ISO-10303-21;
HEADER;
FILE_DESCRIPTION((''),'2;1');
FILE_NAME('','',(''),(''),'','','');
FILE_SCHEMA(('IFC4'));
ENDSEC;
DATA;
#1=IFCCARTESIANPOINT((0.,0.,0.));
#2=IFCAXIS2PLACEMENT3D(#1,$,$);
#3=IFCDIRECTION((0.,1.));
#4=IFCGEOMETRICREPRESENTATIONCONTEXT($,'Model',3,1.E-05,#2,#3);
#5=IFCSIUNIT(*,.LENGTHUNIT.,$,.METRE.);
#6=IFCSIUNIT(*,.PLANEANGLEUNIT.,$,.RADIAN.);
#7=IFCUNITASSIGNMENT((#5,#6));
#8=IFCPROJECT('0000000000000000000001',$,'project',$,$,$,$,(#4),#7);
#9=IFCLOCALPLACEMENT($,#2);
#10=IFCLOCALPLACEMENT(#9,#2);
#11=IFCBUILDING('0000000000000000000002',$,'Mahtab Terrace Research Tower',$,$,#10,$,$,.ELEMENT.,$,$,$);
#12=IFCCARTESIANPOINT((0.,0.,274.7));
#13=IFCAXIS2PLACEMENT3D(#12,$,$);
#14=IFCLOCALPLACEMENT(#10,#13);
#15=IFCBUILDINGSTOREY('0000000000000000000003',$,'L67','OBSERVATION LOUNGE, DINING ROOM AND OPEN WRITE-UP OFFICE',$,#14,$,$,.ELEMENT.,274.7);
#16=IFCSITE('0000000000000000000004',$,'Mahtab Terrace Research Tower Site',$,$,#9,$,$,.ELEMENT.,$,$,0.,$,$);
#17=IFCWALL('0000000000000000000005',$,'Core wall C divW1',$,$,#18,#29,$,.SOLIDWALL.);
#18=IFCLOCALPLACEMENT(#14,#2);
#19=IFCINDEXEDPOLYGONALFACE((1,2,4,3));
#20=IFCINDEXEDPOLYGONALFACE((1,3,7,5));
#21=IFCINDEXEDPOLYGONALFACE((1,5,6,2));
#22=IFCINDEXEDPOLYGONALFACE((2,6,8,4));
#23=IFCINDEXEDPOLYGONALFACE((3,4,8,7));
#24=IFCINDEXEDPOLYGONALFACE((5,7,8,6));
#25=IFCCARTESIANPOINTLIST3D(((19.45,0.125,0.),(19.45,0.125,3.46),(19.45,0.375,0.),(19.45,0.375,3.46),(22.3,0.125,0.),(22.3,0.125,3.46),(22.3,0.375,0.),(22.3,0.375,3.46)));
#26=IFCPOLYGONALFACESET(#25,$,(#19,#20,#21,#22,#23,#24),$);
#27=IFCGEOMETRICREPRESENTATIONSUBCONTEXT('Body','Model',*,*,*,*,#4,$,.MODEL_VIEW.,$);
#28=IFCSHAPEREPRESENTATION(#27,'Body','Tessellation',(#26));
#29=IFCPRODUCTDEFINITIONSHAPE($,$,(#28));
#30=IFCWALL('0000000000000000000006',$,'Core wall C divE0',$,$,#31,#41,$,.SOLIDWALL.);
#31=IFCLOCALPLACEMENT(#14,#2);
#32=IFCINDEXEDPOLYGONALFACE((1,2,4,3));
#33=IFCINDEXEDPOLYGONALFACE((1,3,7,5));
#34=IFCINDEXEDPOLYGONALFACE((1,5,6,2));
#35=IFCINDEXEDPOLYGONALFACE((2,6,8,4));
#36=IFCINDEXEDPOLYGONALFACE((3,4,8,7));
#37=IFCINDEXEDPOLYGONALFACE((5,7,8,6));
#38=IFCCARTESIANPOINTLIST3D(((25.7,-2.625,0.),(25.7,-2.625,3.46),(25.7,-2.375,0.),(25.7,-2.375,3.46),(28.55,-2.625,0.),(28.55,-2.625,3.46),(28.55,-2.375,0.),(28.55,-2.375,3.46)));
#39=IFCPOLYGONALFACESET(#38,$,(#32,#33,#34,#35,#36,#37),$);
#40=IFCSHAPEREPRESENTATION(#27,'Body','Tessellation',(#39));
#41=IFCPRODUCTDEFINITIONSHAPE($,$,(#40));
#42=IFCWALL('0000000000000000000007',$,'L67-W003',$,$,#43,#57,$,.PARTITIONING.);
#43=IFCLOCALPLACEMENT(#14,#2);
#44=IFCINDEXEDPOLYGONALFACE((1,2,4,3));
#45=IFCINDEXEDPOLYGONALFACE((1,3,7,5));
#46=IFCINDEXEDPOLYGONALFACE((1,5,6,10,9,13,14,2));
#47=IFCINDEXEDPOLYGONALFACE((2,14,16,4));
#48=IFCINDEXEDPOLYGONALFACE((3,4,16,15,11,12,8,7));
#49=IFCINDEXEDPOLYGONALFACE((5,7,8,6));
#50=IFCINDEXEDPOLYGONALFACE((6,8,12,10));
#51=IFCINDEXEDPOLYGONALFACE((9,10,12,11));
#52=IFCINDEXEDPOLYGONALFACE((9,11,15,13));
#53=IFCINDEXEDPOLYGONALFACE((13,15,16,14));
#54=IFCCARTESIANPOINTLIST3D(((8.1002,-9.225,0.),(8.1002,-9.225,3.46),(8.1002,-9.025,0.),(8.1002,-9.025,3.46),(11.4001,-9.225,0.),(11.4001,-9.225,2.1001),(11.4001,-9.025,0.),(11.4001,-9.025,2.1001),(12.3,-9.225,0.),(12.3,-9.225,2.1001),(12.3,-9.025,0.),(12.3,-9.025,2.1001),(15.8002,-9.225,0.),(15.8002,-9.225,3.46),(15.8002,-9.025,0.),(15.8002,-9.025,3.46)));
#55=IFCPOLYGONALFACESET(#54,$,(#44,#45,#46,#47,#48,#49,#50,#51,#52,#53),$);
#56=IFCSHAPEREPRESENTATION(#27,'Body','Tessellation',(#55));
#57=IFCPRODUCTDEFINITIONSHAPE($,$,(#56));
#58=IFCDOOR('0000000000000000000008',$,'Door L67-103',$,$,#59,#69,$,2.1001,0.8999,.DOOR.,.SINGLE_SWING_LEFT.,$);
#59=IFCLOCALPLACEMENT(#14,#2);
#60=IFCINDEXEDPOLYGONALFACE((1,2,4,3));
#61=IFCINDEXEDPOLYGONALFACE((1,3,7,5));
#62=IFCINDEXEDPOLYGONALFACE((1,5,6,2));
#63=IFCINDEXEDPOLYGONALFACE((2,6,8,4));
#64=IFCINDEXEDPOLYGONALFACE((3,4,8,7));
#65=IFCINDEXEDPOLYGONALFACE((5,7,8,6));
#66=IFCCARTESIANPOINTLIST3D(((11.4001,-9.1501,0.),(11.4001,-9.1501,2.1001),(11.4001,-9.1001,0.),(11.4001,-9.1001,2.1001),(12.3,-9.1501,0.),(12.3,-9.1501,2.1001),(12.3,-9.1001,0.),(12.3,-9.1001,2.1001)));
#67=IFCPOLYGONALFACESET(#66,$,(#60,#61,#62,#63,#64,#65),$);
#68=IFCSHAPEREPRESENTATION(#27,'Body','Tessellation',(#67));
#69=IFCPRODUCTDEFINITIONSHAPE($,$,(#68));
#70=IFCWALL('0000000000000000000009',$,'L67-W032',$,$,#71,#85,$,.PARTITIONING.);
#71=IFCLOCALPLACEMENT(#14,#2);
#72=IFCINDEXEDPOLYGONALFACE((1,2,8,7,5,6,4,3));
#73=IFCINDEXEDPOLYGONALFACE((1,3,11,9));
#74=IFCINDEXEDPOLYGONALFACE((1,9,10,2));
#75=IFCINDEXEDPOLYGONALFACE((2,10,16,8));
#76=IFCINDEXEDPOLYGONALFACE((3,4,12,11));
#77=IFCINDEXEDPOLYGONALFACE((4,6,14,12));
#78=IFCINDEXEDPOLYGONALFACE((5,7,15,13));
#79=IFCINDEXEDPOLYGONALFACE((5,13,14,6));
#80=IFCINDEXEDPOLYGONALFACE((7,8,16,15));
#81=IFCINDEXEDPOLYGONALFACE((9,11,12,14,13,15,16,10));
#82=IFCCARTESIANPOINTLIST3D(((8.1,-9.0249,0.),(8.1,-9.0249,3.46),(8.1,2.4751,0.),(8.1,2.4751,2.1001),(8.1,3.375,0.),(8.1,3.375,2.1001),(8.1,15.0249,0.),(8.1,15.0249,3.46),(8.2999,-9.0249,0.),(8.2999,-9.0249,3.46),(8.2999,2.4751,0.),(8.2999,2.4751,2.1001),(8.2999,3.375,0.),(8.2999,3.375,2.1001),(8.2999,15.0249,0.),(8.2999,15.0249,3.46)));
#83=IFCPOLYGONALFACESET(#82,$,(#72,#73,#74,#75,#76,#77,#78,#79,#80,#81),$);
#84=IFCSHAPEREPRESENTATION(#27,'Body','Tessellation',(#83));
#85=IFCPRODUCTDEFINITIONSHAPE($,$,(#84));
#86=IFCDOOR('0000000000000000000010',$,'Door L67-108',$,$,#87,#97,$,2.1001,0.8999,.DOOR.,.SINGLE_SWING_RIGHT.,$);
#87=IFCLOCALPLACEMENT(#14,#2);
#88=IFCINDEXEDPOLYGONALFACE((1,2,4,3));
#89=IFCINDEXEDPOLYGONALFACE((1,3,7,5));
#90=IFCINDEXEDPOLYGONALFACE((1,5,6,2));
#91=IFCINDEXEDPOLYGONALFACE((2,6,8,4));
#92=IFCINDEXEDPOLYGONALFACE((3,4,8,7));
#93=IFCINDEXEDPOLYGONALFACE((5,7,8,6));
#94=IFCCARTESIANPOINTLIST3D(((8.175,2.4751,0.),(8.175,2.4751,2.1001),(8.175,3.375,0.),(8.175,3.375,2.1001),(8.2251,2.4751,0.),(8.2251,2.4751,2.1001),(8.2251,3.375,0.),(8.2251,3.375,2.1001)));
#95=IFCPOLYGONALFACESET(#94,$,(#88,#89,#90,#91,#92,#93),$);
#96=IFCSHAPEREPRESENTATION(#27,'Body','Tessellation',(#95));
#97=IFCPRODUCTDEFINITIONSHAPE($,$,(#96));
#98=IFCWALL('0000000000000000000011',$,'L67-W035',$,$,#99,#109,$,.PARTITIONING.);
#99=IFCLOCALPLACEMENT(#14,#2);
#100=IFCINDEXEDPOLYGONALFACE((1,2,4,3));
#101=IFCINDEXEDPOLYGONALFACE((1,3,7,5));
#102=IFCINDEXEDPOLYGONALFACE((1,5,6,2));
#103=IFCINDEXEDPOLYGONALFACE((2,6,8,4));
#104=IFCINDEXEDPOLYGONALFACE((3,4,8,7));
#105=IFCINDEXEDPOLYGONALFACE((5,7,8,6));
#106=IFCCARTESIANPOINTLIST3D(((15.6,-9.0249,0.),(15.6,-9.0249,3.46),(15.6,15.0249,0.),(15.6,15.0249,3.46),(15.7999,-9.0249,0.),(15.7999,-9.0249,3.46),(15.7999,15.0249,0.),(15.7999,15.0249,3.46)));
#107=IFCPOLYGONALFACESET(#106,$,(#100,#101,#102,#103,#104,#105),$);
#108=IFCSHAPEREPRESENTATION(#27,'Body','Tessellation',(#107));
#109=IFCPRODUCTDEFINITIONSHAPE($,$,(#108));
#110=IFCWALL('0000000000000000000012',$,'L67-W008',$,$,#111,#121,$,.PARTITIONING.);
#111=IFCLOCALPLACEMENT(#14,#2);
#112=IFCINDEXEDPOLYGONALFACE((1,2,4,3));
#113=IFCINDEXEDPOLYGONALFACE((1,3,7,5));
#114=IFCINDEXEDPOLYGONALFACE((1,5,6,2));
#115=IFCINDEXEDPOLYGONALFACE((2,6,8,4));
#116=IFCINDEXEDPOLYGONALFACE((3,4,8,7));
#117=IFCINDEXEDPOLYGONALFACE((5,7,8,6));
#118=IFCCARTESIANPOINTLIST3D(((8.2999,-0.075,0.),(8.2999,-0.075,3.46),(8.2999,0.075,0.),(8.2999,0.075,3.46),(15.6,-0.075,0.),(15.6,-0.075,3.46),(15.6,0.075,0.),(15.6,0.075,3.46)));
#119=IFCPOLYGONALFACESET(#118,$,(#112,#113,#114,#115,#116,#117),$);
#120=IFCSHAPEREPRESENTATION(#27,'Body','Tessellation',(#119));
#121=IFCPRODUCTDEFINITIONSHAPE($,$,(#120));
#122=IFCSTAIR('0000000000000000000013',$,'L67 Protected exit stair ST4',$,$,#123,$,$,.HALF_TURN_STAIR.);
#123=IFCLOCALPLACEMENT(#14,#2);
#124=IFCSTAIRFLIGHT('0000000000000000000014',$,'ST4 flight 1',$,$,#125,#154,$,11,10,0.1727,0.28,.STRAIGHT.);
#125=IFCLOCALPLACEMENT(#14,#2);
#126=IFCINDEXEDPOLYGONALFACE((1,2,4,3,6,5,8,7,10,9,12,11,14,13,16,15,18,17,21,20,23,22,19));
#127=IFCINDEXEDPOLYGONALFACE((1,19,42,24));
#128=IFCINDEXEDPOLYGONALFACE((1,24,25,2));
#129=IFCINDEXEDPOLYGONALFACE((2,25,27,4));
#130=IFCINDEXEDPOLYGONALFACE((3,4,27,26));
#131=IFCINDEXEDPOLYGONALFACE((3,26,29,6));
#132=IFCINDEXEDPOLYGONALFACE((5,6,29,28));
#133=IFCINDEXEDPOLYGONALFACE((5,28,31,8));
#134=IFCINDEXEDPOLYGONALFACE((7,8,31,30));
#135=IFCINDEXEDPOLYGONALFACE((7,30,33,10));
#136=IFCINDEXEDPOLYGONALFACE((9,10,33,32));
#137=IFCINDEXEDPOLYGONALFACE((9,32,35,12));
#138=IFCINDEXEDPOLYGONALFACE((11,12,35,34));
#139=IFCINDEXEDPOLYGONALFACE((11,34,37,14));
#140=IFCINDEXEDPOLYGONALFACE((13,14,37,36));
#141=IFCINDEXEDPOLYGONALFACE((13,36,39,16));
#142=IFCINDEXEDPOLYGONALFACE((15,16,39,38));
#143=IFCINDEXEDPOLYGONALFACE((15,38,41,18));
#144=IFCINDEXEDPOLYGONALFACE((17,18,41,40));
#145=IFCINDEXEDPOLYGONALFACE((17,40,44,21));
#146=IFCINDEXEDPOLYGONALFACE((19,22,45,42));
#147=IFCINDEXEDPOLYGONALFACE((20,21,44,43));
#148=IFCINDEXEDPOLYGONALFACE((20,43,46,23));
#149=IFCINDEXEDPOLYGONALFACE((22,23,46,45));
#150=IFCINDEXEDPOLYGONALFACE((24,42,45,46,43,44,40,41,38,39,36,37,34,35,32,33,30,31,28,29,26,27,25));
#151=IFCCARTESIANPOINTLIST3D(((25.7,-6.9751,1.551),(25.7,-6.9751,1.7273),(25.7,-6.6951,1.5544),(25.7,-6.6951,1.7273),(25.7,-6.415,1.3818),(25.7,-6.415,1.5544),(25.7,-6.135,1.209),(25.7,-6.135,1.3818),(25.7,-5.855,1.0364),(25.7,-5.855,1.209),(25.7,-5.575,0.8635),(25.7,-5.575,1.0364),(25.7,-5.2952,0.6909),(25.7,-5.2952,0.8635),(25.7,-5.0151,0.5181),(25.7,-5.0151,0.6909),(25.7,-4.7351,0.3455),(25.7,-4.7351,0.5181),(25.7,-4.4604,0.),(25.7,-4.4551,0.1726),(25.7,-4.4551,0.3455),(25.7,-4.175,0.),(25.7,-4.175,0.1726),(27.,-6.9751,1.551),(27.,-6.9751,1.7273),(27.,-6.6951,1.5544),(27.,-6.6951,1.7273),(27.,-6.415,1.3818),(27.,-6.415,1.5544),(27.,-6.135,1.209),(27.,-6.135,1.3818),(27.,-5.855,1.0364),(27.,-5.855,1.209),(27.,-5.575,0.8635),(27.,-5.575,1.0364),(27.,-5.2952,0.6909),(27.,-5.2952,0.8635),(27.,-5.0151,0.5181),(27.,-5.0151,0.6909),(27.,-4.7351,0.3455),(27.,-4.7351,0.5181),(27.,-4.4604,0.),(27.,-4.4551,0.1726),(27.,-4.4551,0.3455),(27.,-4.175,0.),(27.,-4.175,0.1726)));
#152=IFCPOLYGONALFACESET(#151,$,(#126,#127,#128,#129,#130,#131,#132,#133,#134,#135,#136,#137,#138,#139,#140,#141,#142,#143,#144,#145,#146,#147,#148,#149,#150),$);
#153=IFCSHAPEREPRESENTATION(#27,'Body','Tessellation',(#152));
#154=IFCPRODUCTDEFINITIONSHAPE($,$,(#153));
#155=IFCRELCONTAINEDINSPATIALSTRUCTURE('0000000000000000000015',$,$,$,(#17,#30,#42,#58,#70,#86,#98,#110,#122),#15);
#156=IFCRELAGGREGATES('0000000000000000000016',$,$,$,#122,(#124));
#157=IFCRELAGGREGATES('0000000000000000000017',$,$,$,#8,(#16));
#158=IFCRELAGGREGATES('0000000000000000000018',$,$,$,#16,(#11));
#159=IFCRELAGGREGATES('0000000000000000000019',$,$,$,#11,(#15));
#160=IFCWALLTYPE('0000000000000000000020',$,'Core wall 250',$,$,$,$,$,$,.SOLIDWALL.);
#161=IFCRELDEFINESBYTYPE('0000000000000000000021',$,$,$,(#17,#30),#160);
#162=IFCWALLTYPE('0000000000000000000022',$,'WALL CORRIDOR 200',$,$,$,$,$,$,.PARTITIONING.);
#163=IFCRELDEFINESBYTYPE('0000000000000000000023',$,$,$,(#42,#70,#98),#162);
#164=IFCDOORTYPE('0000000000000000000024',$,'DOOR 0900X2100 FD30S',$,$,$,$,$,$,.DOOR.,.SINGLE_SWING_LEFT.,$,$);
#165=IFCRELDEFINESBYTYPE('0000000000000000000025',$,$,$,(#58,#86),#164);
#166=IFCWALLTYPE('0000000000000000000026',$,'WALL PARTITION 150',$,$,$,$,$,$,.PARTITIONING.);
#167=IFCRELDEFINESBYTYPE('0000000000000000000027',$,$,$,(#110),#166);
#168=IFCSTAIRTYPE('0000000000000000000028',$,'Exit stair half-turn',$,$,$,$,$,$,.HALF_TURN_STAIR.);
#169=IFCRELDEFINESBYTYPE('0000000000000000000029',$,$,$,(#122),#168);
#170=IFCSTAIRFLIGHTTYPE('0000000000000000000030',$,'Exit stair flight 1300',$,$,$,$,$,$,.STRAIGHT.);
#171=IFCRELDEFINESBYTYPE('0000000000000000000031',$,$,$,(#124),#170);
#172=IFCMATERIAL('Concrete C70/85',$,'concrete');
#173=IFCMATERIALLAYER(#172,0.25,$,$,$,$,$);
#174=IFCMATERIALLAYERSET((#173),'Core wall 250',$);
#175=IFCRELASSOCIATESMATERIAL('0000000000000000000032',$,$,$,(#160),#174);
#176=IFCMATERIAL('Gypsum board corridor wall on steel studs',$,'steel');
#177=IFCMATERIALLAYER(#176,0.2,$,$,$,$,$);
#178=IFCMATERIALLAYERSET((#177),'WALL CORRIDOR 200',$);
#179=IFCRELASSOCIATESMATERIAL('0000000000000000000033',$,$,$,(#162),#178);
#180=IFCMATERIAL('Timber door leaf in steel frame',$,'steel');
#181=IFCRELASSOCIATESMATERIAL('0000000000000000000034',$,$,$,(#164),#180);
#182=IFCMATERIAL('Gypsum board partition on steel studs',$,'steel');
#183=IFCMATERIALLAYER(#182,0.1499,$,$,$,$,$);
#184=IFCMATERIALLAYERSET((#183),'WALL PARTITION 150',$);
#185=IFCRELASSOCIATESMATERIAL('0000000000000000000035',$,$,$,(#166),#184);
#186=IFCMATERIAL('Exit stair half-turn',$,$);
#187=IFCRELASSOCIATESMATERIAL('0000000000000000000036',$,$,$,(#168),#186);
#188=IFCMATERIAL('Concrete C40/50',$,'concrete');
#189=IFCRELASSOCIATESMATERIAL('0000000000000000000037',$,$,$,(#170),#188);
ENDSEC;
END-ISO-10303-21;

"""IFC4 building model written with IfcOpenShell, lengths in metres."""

from ifc_helpers import new_model, si_unit, direction, frame, frame_2d, origin, place, context, subcontext, project, spatial, polyline, rectangle, outline, extrude, material, layer, layer_set, type_object, element, fill, aggregate, save


model = new_model("IFC4")

# Units and contexts
model_context = context("Model", 3, precision=1e-05, world=origin(), true_north=direction((0.0, 1.0)))
body_context = subcontext(model_context, "Body", "Model", "MODEL_VIEW")
ifc_project = project(units=[si_unit("LENGTHUNIT", "METRE"), si_unit("PLANEANGLEUNIT", "RADIAN")], contexts=[model_context])

# Site, building, storey
site_placement = place(None, origin())
site = spatial("IfcSite", under=ifc_project, at=site_placement, Name="Mahtab Terrace Research Tower Site", CompositionType="ELEMENT", RefElevation=0.0)
building_placement = place(site_placement, origin())
building = spatial("IfcBuilding", under=site, at=building_placement, Name="Mahtab Terrace Research Tower", CompositionType="ELEMENT")
storey_placement = place(building_placement, frame((0.0, 0.0, 274.7)))
storey = spatial("IfcBuildingStorey", under=building, at=storey_placement, Name="L67", Description="OBSERVATION LOUNGE, DINING ROOM AND OPEN WRITE-UP OFFICE", CompositionType="ELEMENT", Elevation=274.7)

# Shared definitions
ifc_material_1 = material(Name="Concrete C70/85", Category="concrete")

# Shared definitions
ifc_layer_1 = layer(ifc_material_1, 0.25)
ifc_layer_set_1 = layer_set([ifc_layer_1], Name="Core wall 250")
wall_type_1 = type_object("IfcWallType", Name="Core wall 250", PredefinedType="SOLIDWALL", material=ifc_layer_set_1)

# Walls
for number, where, z_axis, x_axis, name in (
    (1, (19.45, 0.25, 0.0), (0.0, 0.0, 1.0), (1.0, 0.0, 0.0), "Core wall C divW1"),
    (2, (25.7, -2.5, 0.0), (0.0, 0.0, 1.0), (1.0, 0.0, 0.0), "Core wall C divE0"),
):
    element("IfcWall", number, at=place(storey_placement, frame(where, z_axis=z_axis, x_axis=x_axis)), inside=storey, type_object=wall_type_1, Name=name, PredefinedType="SOLIDWALL", context=body_context, shape_type="SweptSolid", body=[
        extrude(rectangle(XDim=2.8501, YDim=0.25, at=frame_2d((1.425, 0.0))), origin(), (0.0, 0.0, 1.0), 3.46),
    ])

# Walls, openings, doors
ifc_material_2 = material(Name="Gypsum board corridor wall on steel studs", Category="steel")
ifc_layer_2 = layer(ifc_material_2, 0.2)
ifc_layer_set_2 = layer_set([ifc_layer_2], Name="WALL CORRIDOR 200")
wall_type_2 = type_object("IfcWallType", Name="WALL CORRIDOR 200", PredefinedType="PARTITIONING", material=ifc_layer_set_2)
wall_1_placement = place(storey_placement, frame((8.1001, -9.125, 0.0), z_axis=(0.0, 0.0, 1.0), x_axis=(1.0, 0.0, 0.0)))
wall_1 = element("IfcWall", 3, at=wall_1_placement, inside=storey, type_object=wall_type_2, Name="L67-W003", PredefinedType="PARTITIONING", context=body_context, shape_type="SweptSolid", body=[
    extrude(rectangle(XDim=7.7, YDim=0.2, at=frame_2d((3.8501, 0.0))), origin(), (0.0, 0.0, 1.0), 3.46),
])
opening_1_placement = place(wall_1_placement, frame((3.3, 0.0, 0.0)))
opening_1 = element("IfcOpeningElement", 4, at=opening_1_placement, cuts=wall_1, PredefinedType="OPENING", context=body_context, shape_type="SweptSolid", body=[
    extrude(rectangle(XDim=0.8999, YDim=2.1001, at=frame_2d((0.45, 1.05))), frame((0.0, 0.1099, 0.0), z_axis=(0.0, -1.0, 0.0), x_axis=(1.0, 0.0, 0.0)), (0.0, 0.0, 1.0), 0.22),
])
ifc_material_3 = material(Name="Timber door leaf in steel frame", Category="steel")
door_type_1 = type_object("IfcDoorType", Name="DOOR 0900X2100 FD30S", OperationType="SINGLE_SWING_LEFT", PredefinedType="DOOR", material=ifc_material_3)
door_1_placement = place(opening_1_placement, origin())
door_1 = element("IfcDoor", 5, at=door_1_placement, inside=storey, type_object=door_type_1, Name="Door L67-103", OperationType="SINGLE_SWING_LEFT", OverallHeight=2.1001, OverallWidth=0.8999, PredefinedType="DOOR", context=body_context, shape_type="SweptSolid", body=[
    extrude(rectangle(XDim=0.8999, YDim=2.1001, at=frame_2d((0.45, 1.05))), frame((0.0, 0.0249, 0.0), z_axis=(0.0, -1.0, 0.0), x_axis=(1.0, 0.0, 0.0)), (0.0, 0.0, 1.0), 0.05),
])
fill(opening_1, door_1)
wall_2_placement = place(storey_placement, frame((8.2, -9.0249, 0.0), z_axis=(0.0, 0.0, 1.0), x_axis=(0.0, 1.0, 0.0)))
wall_2 = element("IfcWall", 6, at=wall_2_placement, inside=storey, type_object=wall_type_2, Name="L67-W032", PredefinedType="PARTITIONING", context=body_context, shape_type="SweptSolid", body=[
    extrude(rectangle(XDim=24.0498, YDim=0.2, at=frame_2d((12.0249, 0.0))), origin(), (0.0, 0.0, 1.0), 3.46),
])
opening_2_placement = place(wall_2_placement, frame((11.5, 0.0, 0.0)))
opening_2 = element("IfcOpeningElement", 7, at=opening_2_placement, cuts=wall_2, PredefinedType="OPENING", context=body_context, shape_type="SweptSolid", body=[
    extrude(rectangle(XDim=0.8999, YDim=2.1001, at=frame_2d((0.45, 1.05))), frame((0.0, 0.1099, 0.0), z_axis=(0.0, -1.0, 0.0), x_axis=(1.0, 0.0, 0.0)), (0.0, 0.0, 1.0), 0.22),
])
door_2_placement = place(opening_2_placement, origin())
door_2 = element("IfcDoor", 8, at=door_2_placement, inside=storey, type_object=door_type_1, Name="Door L67-108", OperationType="SINGLE_SWING_RIGHT", OverallHeight=2.1001, OverallWidth=0.8999, PredefinedType="DOOR", context=body_context, shape_type="SweptSolid", body=[
    extrude(rectangle(XDim=0.8999, YDim=2.1001, at=frame_2d((0.45, 1.05))), frame((0.0, 0.0249, 0.0), z_axis=(0.0, -1.0, 0.0), x_axis=(1.0, 0.0, 0.0)), (0.0, 0.0, 1.0), 0.05),
])
fill(opening_2, door_2)

# Walls
wall_3_placement = place(storey_placement, frame((15.7, -9.0249, 0.0), z_axis=(0.0, 0.0, 1.0), x_axis=(0.0, 1.0, 0.0)))
element("IfcWall", 9, at=wall_3_placement, inside=storey, type_object=wall_type_2, Name="L67-W035", PredefinedType="PARTITIONING", context=body_context, shape_type="SweptSolid", body=[
    extrude(rectangle(XDim=24.0498, YDim=0.2, at=frame_2d((12.0249, 0.0))), origin(), (0.0, 0.0, 1.0), 3.46),
])
ifc_material_4 = material(Name="Gypsum board partition on steel studs", Category="steel")
ifc_layer_3 = layer(ifc_material_4, 0.1499)
ifc_layer_set_3 = layer_set([ifc_layer_3], Name="WALL PARTITION 150")
wall_type_3 = type_object("IfcWallType", Name="WALL PARTITION 150", PredefinedType="PARTITIONING", material=ifc_layer_set_3)
wall_4_placement = place(storey_placement, frame((8.3, 0.0, 0.0), z_axis=(0.0, 0.0, 1.0), x_axis=(1.0, 0.0, 0.0)))
element("IfcWall", 10, at=wall_4_placement, inside=storey, type_object=wall_type_3, Name="L67-W008", PredefinedType="PARTITIONING", context=body_context, shape_type="SweptSolid", body=[
    extrude(rectangle(XDim=7.3, YDim=0.1499, at=frame_2d((3.6499, 0.0))), origin(), (0.0, 0.0, 1.0), 3.46),
])

# Stair, stair flight
ifc_material_5 = material(Name="Exit stair half-turn")
stair_type = type_object("IfcStairType", Name="Exit stair half-turn", PredefinedType="HALF_TURN_STAIR", material=ifc_material_5)
stair_placement = place(storey_placement, origin())
stair = element("IfcStair", 11, at=stair_placement, inside=storey, type_object=stair_type, Name="L67 Protected exit stair ST4", PredefinedType="HALF_TURN_STAIR")
ifc_material_6 = material(Name="Concrete C40/50", Category="concrete")
stair_flight_type = type_object("IfcStairFlightType", Name="Exit stair flight 1300", PredefinedType="STRAIGHT", material=ifc_material_6)
stair_flight_placement = place(storey_placement, frame((26.3501, -4.175, 0.0), z_axis=(0.0, 0.0, 1.0), x_axis=(0.0, -1.0, 0.0)))
stair_flight = element("IfcStairFlight", 12, at=stair_flight_placement, type_object=stair_flight_type, Name="ST4 flight 1", NumberOfRisers=11, NumberOfTreads=10, PredefinedType="STRAIGHT", RiserHeight=0.1727, TreadLength=0.28, context=body_context, shape_type="SweptSolid", body=[
    extrude(outline(polyline([(0.0, 0.0), (0.0, 0.1726), (0.28, 0.1726), (0.28, 0.3455), (0.5601, 0.3455), (0.5601, 0.5181), (0.8401, 0.5181), (0.8401, 0.6909), (1.1201, 0.6909), (1.1201, 0.8635), (1.3999, 0.8635), (1.3999, 1.0364), (1.6799, 1.0364), (1.6799, 1.209), (1.96, 1.209), (1.96, 1.3818), (2.24, 1.3818), (2.24, 1.5544), (2.52, 1.5544), (2.52, 1.7273), (2.8, 1.7273), (2.8, 1.8999), (2.8, 1.551), (0.2854, 0.0), (0.0, 0.0)])), frame((0.0, 0.6499, 0.0), z_axis=(0.0, -1.0, 0.0), x_axis=(1.0, 0.0, 0.0)), (0.0, 0.0, 1.0), 1.3),
])
aggregate(stair, [stair_flight])

save(model, "model.ifc")
